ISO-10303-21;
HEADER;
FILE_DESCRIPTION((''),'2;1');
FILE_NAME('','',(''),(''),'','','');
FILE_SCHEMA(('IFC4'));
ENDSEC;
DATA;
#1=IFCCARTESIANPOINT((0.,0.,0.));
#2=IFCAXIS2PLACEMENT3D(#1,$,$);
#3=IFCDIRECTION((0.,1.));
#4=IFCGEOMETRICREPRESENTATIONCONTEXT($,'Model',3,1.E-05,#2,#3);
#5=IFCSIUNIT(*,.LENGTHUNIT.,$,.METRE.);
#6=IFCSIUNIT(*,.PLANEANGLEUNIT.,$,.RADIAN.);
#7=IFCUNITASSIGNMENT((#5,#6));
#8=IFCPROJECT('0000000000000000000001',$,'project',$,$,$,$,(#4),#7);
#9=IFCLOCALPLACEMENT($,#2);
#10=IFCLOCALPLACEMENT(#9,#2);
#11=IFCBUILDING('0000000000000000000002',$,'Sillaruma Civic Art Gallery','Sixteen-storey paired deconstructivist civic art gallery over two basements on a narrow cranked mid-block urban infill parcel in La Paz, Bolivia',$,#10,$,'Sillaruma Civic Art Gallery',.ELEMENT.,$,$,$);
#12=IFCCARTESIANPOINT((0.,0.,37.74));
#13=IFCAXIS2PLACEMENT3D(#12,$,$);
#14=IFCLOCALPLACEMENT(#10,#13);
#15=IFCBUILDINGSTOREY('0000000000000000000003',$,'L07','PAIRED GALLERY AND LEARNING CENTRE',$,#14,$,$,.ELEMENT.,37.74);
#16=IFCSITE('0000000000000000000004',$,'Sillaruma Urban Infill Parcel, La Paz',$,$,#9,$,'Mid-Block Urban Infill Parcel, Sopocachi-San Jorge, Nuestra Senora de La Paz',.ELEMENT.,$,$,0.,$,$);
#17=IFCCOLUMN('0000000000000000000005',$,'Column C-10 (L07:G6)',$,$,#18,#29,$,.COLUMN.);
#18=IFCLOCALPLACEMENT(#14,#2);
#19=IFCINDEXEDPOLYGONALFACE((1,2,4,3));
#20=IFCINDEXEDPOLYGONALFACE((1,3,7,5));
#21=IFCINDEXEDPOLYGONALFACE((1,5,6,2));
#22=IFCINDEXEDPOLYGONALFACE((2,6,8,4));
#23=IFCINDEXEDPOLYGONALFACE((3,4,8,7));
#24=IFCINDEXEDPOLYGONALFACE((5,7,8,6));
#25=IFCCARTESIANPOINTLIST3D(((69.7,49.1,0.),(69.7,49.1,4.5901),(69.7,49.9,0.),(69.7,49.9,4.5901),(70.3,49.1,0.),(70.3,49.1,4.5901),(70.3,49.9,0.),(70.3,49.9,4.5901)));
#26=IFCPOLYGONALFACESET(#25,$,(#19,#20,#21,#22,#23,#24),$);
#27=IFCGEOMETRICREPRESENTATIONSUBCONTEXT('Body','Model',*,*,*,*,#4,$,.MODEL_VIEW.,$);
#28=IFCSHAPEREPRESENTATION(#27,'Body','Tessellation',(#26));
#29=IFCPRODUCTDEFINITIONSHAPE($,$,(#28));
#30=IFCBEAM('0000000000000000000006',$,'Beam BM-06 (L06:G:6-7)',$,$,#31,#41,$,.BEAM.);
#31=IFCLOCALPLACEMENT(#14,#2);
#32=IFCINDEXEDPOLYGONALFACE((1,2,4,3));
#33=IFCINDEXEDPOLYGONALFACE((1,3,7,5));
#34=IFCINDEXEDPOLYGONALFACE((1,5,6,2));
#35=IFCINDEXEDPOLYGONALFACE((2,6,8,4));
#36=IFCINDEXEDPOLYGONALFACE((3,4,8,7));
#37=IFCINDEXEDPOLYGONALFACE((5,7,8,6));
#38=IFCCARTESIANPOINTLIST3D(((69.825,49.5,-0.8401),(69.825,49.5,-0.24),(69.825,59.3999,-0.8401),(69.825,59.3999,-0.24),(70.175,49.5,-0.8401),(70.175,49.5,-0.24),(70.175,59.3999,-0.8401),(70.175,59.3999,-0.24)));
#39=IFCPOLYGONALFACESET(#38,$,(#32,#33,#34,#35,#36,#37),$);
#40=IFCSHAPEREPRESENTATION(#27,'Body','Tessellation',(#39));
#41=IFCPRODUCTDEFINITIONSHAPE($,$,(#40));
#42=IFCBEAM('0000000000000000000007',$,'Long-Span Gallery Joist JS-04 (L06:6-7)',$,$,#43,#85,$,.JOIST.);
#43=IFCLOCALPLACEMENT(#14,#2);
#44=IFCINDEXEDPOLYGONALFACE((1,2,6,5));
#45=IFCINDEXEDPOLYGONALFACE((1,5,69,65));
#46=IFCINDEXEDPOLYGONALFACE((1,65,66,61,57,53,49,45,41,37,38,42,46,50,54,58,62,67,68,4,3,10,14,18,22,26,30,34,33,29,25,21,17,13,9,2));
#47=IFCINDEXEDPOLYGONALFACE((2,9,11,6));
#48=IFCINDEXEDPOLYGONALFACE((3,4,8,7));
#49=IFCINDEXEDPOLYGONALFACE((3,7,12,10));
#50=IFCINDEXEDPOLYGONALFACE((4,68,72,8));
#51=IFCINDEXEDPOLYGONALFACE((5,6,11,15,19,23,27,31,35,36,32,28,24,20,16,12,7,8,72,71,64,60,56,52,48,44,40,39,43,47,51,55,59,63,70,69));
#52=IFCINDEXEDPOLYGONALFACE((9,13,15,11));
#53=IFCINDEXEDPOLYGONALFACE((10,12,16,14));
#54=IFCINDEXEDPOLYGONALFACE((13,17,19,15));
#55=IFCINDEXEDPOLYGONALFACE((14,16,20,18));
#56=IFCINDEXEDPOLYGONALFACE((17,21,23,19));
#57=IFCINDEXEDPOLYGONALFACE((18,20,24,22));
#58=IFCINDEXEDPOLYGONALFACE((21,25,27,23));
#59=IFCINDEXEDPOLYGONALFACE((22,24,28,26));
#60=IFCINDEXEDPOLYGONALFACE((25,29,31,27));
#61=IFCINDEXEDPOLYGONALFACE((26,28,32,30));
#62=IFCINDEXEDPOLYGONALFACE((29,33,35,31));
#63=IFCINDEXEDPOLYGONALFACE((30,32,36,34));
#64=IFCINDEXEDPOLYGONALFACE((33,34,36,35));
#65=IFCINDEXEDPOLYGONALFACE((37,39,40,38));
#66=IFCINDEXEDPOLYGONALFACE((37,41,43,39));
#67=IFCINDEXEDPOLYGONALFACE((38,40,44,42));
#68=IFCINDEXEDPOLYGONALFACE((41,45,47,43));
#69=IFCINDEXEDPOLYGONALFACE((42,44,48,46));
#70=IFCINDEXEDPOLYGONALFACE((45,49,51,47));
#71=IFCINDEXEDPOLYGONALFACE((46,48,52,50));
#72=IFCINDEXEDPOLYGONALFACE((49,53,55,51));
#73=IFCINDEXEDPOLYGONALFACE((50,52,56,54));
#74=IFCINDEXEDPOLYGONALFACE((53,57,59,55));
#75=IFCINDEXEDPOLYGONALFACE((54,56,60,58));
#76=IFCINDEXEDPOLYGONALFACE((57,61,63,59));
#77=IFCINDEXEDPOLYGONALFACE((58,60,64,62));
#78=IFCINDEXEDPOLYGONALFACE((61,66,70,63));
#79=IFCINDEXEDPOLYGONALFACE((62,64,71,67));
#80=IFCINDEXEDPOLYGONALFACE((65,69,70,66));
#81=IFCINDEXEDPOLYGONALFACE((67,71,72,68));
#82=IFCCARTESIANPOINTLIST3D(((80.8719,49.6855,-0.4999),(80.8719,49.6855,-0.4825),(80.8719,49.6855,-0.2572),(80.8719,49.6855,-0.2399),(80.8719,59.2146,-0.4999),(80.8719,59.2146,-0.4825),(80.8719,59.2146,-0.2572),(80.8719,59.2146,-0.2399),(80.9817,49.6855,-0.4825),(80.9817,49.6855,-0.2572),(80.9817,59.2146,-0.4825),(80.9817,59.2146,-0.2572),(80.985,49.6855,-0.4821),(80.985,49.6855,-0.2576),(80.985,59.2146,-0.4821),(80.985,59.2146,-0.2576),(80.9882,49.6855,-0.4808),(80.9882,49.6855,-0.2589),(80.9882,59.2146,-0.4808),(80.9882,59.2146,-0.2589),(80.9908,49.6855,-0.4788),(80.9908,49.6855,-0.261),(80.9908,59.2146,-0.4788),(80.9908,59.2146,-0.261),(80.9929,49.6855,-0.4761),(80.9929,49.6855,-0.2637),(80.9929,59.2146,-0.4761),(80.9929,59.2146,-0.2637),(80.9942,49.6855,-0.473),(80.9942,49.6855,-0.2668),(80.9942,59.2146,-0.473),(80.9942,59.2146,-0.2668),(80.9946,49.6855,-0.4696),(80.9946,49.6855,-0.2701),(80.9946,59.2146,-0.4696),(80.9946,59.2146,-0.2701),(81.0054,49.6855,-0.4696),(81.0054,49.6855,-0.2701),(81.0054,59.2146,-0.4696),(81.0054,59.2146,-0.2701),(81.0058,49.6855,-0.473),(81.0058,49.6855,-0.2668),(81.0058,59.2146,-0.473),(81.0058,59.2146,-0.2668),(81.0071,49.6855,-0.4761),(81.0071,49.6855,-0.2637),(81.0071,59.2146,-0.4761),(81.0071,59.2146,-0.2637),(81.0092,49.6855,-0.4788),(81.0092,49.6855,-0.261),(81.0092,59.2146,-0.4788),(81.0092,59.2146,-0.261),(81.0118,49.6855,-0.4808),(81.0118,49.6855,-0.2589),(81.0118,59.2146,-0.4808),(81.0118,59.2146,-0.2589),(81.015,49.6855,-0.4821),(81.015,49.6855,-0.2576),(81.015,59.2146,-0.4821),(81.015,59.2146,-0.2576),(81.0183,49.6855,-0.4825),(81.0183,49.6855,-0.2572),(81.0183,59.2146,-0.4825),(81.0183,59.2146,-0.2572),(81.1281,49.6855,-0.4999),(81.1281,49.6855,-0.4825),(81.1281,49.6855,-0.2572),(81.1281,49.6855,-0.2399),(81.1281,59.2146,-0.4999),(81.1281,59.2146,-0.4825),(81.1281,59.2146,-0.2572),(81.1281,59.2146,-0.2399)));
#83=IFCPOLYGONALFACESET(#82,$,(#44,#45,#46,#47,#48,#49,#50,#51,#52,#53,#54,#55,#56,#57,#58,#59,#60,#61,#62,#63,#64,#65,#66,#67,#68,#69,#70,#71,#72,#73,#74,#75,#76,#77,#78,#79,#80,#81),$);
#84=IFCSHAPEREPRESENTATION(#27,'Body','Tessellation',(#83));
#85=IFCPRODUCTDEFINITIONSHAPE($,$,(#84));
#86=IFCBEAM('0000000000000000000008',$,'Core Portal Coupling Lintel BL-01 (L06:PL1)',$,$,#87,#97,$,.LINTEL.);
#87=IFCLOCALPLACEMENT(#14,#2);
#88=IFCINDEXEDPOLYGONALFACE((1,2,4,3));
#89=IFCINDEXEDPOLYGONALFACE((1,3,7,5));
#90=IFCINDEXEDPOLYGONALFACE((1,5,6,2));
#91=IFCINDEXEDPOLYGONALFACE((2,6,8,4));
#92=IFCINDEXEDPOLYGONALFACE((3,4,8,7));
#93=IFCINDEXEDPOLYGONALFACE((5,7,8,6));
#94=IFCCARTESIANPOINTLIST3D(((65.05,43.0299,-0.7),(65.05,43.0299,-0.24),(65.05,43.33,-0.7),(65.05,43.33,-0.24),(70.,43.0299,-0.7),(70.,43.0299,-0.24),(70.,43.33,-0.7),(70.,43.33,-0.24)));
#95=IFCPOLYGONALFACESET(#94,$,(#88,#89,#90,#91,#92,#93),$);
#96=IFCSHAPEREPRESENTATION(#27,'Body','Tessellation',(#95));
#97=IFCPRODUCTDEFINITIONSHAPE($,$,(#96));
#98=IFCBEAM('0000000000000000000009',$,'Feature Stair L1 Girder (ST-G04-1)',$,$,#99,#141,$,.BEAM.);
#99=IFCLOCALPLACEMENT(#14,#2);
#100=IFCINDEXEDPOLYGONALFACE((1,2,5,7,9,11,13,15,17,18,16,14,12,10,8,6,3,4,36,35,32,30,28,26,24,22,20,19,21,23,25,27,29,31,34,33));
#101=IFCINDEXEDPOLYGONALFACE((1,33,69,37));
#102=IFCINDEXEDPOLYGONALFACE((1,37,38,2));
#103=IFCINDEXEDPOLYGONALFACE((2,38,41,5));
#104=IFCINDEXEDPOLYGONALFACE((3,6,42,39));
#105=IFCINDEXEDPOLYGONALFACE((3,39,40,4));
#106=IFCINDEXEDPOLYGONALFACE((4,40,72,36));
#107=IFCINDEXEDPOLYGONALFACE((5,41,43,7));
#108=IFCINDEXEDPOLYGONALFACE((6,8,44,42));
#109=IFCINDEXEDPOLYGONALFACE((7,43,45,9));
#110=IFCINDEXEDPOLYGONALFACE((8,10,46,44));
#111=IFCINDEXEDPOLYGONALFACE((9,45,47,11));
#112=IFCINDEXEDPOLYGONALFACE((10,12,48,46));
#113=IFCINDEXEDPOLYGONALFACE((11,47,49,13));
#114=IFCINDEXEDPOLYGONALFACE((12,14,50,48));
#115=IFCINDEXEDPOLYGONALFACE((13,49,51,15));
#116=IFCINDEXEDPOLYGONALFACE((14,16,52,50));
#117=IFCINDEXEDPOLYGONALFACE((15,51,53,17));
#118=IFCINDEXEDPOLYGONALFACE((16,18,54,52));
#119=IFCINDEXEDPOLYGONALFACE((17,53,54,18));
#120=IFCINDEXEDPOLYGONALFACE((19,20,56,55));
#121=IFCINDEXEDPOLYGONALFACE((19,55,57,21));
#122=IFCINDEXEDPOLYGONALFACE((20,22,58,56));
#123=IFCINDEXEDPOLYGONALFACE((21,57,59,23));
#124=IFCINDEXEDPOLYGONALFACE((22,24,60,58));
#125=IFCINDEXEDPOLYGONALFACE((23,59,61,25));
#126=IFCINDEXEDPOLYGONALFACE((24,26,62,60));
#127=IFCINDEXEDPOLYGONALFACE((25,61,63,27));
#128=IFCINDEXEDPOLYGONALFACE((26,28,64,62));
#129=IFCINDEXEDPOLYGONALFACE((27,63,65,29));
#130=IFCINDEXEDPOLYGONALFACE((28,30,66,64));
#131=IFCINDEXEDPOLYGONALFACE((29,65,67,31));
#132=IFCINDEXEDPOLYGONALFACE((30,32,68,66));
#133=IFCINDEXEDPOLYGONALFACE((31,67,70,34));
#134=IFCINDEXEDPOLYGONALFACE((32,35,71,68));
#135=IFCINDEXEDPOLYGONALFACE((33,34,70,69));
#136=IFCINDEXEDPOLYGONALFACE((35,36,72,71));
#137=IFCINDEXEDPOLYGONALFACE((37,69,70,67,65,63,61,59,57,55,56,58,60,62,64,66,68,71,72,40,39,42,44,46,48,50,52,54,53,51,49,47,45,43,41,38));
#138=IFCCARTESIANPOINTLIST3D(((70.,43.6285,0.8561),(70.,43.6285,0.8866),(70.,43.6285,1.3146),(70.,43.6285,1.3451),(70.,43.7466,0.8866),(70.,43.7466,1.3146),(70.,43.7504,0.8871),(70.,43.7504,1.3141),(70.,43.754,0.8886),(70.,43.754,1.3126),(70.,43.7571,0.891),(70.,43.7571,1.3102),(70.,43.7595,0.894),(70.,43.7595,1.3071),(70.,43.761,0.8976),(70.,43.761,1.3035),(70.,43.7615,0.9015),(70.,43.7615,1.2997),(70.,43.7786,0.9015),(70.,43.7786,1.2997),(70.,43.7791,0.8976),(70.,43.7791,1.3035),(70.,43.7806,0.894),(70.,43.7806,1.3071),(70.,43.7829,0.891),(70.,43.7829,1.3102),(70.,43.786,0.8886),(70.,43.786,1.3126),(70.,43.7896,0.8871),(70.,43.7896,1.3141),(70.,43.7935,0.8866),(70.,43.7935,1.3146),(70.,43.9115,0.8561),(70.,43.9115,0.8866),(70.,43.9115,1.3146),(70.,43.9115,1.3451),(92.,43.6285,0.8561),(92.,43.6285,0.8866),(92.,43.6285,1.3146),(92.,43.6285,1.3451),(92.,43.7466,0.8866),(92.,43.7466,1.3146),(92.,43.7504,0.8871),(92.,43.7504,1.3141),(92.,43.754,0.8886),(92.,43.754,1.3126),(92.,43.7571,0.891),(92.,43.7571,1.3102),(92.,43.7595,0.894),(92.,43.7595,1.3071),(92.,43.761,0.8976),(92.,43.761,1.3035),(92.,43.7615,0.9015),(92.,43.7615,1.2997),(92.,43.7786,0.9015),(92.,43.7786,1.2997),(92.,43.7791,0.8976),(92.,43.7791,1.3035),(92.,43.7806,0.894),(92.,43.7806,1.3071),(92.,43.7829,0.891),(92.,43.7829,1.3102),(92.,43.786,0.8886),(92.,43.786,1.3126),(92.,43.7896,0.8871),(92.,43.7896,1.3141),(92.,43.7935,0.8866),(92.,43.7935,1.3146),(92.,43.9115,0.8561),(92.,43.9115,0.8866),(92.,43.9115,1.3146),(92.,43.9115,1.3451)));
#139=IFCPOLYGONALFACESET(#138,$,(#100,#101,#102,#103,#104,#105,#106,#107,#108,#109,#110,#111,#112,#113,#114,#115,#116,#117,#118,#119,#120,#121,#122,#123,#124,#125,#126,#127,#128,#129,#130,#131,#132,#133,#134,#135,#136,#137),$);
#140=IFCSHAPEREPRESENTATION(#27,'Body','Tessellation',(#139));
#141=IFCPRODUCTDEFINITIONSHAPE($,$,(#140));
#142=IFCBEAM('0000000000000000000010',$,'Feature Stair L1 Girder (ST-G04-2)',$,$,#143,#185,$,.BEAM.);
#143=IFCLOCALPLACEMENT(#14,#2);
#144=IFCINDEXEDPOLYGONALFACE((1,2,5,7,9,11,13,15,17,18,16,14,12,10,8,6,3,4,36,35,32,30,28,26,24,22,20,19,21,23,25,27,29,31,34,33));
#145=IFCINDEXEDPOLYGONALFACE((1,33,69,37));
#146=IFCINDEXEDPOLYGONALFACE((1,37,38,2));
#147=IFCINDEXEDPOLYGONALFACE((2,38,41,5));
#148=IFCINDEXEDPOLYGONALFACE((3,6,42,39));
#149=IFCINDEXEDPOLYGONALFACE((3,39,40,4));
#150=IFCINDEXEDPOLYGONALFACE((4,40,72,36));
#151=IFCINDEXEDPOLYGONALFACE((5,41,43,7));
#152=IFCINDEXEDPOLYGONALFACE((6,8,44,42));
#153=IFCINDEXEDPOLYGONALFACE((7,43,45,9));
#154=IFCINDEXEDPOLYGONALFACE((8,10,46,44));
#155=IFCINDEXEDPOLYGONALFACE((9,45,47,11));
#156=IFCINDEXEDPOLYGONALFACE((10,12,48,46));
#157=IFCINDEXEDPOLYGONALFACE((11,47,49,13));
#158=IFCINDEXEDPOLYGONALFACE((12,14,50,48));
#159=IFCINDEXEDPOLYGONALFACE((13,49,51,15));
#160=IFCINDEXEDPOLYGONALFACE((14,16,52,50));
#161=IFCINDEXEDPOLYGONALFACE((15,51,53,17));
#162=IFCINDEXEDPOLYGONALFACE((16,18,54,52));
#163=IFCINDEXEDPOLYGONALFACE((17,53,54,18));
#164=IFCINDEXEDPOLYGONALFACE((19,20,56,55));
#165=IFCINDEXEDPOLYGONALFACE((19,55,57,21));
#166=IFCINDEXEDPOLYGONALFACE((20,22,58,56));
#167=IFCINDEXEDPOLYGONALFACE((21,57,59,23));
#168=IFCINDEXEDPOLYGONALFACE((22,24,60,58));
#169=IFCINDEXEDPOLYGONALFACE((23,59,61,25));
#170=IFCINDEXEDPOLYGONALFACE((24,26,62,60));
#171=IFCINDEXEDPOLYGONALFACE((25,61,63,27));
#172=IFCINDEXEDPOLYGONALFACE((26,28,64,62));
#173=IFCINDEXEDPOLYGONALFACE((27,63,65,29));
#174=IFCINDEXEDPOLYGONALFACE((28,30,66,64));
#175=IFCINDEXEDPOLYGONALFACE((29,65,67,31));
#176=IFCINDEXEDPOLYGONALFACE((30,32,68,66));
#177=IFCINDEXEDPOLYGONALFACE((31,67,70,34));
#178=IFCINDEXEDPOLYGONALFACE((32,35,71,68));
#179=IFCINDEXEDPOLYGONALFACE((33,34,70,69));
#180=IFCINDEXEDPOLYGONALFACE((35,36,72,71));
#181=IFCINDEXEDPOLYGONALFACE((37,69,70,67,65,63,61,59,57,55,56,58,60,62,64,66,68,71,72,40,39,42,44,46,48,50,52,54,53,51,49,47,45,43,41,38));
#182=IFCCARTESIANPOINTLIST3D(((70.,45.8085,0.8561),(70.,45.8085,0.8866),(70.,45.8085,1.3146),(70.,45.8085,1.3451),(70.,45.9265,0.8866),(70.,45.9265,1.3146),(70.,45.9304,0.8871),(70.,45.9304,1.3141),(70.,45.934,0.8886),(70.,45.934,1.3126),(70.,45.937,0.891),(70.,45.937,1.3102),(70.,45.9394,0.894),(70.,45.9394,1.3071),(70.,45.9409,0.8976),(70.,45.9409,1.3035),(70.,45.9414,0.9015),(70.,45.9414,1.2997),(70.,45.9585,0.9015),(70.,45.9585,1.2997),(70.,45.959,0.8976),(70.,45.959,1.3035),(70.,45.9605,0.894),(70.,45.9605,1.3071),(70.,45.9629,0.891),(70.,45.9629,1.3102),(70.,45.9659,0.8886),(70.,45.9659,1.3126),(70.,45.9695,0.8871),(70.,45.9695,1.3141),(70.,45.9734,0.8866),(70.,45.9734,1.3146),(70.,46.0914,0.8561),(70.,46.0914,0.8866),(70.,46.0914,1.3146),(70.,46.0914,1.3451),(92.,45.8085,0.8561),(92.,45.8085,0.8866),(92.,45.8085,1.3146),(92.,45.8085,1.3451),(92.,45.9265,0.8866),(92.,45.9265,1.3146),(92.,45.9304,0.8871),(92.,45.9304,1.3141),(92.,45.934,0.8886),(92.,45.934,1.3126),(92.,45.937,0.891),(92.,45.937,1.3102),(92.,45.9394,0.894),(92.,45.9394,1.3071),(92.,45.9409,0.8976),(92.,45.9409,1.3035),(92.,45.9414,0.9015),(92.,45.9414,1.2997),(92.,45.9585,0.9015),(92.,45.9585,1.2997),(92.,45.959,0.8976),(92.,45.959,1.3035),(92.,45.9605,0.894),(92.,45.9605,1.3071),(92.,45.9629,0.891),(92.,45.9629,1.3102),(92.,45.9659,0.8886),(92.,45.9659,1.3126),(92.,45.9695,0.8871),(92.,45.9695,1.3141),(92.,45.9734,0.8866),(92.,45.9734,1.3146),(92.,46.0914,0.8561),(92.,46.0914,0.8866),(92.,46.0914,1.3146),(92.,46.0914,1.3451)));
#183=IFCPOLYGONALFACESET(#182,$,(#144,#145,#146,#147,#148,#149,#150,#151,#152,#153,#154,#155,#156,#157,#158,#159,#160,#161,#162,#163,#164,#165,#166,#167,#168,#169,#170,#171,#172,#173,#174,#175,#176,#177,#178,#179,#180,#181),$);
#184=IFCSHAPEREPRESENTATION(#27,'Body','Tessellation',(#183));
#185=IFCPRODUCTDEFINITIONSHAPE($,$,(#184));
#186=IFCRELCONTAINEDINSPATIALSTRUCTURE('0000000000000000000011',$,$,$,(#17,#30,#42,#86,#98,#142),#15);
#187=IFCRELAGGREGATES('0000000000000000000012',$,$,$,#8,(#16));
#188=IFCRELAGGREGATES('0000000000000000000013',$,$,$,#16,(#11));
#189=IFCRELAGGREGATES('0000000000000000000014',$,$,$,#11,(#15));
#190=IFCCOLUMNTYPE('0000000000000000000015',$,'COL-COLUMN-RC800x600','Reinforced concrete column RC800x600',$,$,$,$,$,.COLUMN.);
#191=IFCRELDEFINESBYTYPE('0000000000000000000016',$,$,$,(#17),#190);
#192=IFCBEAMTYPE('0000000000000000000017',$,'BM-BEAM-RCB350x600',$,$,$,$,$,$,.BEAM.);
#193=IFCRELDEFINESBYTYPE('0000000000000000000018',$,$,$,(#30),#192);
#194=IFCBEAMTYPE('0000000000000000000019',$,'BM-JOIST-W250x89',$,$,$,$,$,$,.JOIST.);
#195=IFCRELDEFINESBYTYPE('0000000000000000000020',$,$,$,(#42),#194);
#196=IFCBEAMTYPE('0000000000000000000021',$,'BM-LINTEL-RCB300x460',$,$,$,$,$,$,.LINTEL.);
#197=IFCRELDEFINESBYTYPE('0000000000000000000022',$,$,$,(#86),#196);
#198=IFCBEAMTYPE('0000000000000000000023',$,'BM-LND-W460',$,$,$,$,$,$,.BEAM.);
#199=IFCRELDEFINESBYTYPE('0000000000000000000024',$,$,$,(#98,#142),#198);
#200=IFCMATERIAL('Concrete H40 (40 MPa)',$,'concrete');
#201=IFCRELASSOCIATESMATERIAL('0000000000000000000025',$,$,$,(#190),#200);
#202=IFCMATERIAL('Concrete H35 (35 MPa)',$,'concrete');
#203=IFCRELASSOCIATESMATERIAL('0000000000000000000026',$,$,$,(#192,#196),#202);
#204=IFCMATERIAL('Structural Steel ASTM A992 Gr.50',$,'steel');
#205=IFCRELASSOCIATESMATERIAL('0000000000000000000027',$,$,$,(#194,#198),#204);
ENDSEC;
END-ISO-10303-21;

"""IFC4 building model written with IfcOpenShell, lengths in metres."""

from ifc_helpers import new_model, si_unit, direction, frame, origin, origin_2d, place, context, subcontext, project, spatial, rectangle, i_section, extrude, material, material_profile, profile_set, type_object, element, save


model = new_model("IFC4")

# Units and contexts
model_context = context("Model", 3, precision=1e-05, world=origin(), true_north=direction((0.0, 1.0)))
body_context = subcontext(model_context, "Body", "Model", "MODEL_VIEW")
ifc_project = project(units=[si_unit("LENGTHUNIT", "METRE"), si_unit("PLANEANGLEUNIT", "RADIAN")], contexts=[model_context])

# Site, building, storey
site_placement = place(None, origin())
site = spatial("IfcSite", under=ifc_project, at=site_placement, Name="Sillaruma Urban Infill Parcel, La Paz", LongName="Mid-Block Urban Infill Parcel, Sopocachi-San Jorge, Nuestra Senora de La Paz", CompositionType="ELEMENT", RefElevation=0.0)
building_placement = place(site_placement, origin())
building = spatial("IfcBuilding", under=site, at=building_placement, Name="Sillaruma Civic Art Gallery", Description="Sixteen-storey paired deconstructivist civic art gallery over two basements on a narrow cranked mid-block urban infill parcel in La Paz, Bolivia", LongName="Sillaruma Civic Art Gallery", CompositionType="ELEMENT")
storey_placement = place(building_placement, frame((0.0, 0.0, 37.74)))
storey = spatial("IfcBuildingStorey", under=building, at=storey_placement, Name="L07", Description="PAIRED GALLERY AND LEARNING CENTRE", CompositionType="ELEMENT", Elevation=37.74)

# Column
ifc_material_1 = material(Name="Concrete H40 (40 MPa)", Category="concrete")
ifc_material_profile_1 = material_profile(ifc_material_1, rectangle(XDim=0.6001, YDim=0.8, at=origin_2d()), Name="RC800x600")
ifc_profile_set_1 = profile_set([ifc_material_profile_1], Name="Concrete H40 (40 MPa)")
column_type = type_object("IfcColumnType", Name="COL-COLUMN-RC800x600", Description="Reinforced concrete column RC800x600", PredefinedType="COLUMN", material=ifc_profile_set_1)
column_placement = place(storey_placement, frame((70.0, 49.5, 0.0), z_axis=(0.0, 0.0, 1.0), x_axis=(1.0, 0.0, 0.0)))
element("IfcColumn", 1, at=column_placement, inside=storey, type_object=column_type, Name="Column C-10 (L07:G6)", PredefinedType="COLUMN", context=body_context, shape_type="SweptSolid", body=[
    extrude(rectangle(XDim=0.6001, YDim=0.8, at=origin_2d()), origin(), (0.0, 0.0, 1.0), 4.5901),
])

# Beams
ifc_material_2 = material(Name="Concrete H35 (35 MPa)", Category="concrete")
ifc_material_profile_2 = material_profile(ifc_material_2, rectangle(XDim=0.3501, YDim=0.6001, at=origin_2d()), Name="RCB350x600")
ifc_profile_set_2 = profile_set([ifc_material_profile_2], Name="Concrete H35 (35 MPa)")
beam_type_1 = type_object("IfcBeamType", Name="BM-BEAM-RCB350x600", PredefinedType="BEAM", material=ifc_profile_set_2)
beam_1_placement = place(storey_placement, frame((70.0, 49.5, -0.54), z_axis=(0.0, 1.0, 0.0), x_axis=(-1.0, 0.0, 0.0)))
element("IfcBeam", 2, at=beam_1_placement, inside=storey, type_object=beam_type_1, Name="Beam BM-06 (L06:G:6-7)", PredefinedType="BEAM", context=body_context, shape_type="SweptSolid", body=[
    extrude(rectangle(XDim=0.3501, YDim=0.6001, at=origin_2d()), origin(), (0.0, 0.0, 1.0), 9.8999),
])
ifc_material_3 = material(Name="Structural Steel ASTM A992 Gr.50", Category="steel")
ifc_material_profile_3 = material_profile(ifc_material_3, i_section(OverallWidth=0.2561, OverallDepth=0.26, WebThickness=0.0107, FlangeThickness=0.0173, FilletRadius=0.0129, at=origin_2d()), Name="W250x89")
ifc_profile_set_3 = profile_set([ifc_material_profile_3], Name="Structural Steel ASTM A992 Gr.50")
beam_type_2 = type_object("IfcBeamType", Name="BM-JOIST-W250x89", PredefinedType="JOIST", material=ifc_profile_set_3)
beam_2_placement = place(storey_placement, frame((81.0, 49.6855, -0.3699), z_axis=(0.0, 1.0, 0.0), x_axis=(-1.0, 0.0, 0.0)))
element("IfcBeam", 3, at=beam_2_placement, inside=storey, type_object=beam_type_2, Name="Long-Span Gallery Joist JS-04 (L06:6-7)", PredefinedType="JOIST", context=body_context, shape_type="SweptSolid", body=[
    extrude(i_section(OverallWidth=0.2561, OverallDepth=0.26, WebThickness=0.0107, FlangeThickness=0.0173, FilletRadius=0.0129, at=origin_2d()), origin(), (0.0, 0.0, 1.0), 9.5291),
])
ifc_material_profile_4 = material_profile(ifc_material_2, rectangle(XDim=0.3, YDim=0.46, at=origin_2d()), Name="RCB300x460")
ifc_profile_set_4 = profile_set([ifc_material_profile_4], Name="Concrete H35 (35 MPa)")
beam_type_3 = type_object("IfcBeamType", Name="BM-LINTEL-RCB300x460", PredefinedType="LINTEL", material=ifc_profile_set_4)
beam_3_placement = place(storey_placement, frame((65.05, 43.1799, -0.47), z_axis=(1.0, 0.0, 0.0), x_axis=(0.0, 1.0, 0.0)))
element("IfcBeam", 4, at=beam_3_placement, inside=storey, type_object=beam_type_3, Name="Core Portal Coupling Lintel BL-01 (L06:PL1)", PredefinedType="LINTEL", context=body_context, shape_type="SweptSolid", body=[
    extrude(rectangle(XDim=0.3, YDim=0.46, at=origin_2d()), origin(), (0.0, 0.0, 1.0), 4.95),
])
ifc_material_profile_5 = material_profile(ifc_material_3, i_section(OverallWidth=0.283, OverallDepth=0.489, WebThickness=0.0171, FlangeThickness=0.0305, FilletRadius=0.0149, at=origin_2d()), Name="W460x193")
ifc_profile_set_5 = profile_set([ifc_material_profile_5], Name="Structural Steel ASTM A992 Gr.50")
beam_type_4 = type_object("IfcBeamType", Name="BM-LND-W460", PredefinedType="BEAM", material=ifc_profile_set_5)
for number, where, z_axis, x_axis, name in (
    (5, (70.0, 43.77, 1.1006), (1.0, 0.0, 0.0), (0.0, 1.0, 0.0), "Feature Stair L1 Girder (ST-G04-1)"),
    (6, (70.0, 45.95, 1.1006), (1.0, 0.0, 0.0), (0.0, 1.0, 0.0), "Feature Stair L1 Girder (ST-G04-2)"),
):
    element("IfcBeam", number, at=place(storey_placement, frame(where, z_axis=z_axis, x_axis=x_axis)), inside=storey, type_object=beam_type_4, Name=name, PredefinedType="BEAM", context=body_context, shape_type="SweptSolid", body=[
        extrude(i_section(OverallWidth=0.283, OverallDepth=0.489, WebThickness=0.0171, FlangeThickness=0.0305, FilletRadius=0.0149, at=origin_2d()), origin(), (0.0, 0.0, 1.0), 22.0),
    ])

save(model, "model.ifc")
